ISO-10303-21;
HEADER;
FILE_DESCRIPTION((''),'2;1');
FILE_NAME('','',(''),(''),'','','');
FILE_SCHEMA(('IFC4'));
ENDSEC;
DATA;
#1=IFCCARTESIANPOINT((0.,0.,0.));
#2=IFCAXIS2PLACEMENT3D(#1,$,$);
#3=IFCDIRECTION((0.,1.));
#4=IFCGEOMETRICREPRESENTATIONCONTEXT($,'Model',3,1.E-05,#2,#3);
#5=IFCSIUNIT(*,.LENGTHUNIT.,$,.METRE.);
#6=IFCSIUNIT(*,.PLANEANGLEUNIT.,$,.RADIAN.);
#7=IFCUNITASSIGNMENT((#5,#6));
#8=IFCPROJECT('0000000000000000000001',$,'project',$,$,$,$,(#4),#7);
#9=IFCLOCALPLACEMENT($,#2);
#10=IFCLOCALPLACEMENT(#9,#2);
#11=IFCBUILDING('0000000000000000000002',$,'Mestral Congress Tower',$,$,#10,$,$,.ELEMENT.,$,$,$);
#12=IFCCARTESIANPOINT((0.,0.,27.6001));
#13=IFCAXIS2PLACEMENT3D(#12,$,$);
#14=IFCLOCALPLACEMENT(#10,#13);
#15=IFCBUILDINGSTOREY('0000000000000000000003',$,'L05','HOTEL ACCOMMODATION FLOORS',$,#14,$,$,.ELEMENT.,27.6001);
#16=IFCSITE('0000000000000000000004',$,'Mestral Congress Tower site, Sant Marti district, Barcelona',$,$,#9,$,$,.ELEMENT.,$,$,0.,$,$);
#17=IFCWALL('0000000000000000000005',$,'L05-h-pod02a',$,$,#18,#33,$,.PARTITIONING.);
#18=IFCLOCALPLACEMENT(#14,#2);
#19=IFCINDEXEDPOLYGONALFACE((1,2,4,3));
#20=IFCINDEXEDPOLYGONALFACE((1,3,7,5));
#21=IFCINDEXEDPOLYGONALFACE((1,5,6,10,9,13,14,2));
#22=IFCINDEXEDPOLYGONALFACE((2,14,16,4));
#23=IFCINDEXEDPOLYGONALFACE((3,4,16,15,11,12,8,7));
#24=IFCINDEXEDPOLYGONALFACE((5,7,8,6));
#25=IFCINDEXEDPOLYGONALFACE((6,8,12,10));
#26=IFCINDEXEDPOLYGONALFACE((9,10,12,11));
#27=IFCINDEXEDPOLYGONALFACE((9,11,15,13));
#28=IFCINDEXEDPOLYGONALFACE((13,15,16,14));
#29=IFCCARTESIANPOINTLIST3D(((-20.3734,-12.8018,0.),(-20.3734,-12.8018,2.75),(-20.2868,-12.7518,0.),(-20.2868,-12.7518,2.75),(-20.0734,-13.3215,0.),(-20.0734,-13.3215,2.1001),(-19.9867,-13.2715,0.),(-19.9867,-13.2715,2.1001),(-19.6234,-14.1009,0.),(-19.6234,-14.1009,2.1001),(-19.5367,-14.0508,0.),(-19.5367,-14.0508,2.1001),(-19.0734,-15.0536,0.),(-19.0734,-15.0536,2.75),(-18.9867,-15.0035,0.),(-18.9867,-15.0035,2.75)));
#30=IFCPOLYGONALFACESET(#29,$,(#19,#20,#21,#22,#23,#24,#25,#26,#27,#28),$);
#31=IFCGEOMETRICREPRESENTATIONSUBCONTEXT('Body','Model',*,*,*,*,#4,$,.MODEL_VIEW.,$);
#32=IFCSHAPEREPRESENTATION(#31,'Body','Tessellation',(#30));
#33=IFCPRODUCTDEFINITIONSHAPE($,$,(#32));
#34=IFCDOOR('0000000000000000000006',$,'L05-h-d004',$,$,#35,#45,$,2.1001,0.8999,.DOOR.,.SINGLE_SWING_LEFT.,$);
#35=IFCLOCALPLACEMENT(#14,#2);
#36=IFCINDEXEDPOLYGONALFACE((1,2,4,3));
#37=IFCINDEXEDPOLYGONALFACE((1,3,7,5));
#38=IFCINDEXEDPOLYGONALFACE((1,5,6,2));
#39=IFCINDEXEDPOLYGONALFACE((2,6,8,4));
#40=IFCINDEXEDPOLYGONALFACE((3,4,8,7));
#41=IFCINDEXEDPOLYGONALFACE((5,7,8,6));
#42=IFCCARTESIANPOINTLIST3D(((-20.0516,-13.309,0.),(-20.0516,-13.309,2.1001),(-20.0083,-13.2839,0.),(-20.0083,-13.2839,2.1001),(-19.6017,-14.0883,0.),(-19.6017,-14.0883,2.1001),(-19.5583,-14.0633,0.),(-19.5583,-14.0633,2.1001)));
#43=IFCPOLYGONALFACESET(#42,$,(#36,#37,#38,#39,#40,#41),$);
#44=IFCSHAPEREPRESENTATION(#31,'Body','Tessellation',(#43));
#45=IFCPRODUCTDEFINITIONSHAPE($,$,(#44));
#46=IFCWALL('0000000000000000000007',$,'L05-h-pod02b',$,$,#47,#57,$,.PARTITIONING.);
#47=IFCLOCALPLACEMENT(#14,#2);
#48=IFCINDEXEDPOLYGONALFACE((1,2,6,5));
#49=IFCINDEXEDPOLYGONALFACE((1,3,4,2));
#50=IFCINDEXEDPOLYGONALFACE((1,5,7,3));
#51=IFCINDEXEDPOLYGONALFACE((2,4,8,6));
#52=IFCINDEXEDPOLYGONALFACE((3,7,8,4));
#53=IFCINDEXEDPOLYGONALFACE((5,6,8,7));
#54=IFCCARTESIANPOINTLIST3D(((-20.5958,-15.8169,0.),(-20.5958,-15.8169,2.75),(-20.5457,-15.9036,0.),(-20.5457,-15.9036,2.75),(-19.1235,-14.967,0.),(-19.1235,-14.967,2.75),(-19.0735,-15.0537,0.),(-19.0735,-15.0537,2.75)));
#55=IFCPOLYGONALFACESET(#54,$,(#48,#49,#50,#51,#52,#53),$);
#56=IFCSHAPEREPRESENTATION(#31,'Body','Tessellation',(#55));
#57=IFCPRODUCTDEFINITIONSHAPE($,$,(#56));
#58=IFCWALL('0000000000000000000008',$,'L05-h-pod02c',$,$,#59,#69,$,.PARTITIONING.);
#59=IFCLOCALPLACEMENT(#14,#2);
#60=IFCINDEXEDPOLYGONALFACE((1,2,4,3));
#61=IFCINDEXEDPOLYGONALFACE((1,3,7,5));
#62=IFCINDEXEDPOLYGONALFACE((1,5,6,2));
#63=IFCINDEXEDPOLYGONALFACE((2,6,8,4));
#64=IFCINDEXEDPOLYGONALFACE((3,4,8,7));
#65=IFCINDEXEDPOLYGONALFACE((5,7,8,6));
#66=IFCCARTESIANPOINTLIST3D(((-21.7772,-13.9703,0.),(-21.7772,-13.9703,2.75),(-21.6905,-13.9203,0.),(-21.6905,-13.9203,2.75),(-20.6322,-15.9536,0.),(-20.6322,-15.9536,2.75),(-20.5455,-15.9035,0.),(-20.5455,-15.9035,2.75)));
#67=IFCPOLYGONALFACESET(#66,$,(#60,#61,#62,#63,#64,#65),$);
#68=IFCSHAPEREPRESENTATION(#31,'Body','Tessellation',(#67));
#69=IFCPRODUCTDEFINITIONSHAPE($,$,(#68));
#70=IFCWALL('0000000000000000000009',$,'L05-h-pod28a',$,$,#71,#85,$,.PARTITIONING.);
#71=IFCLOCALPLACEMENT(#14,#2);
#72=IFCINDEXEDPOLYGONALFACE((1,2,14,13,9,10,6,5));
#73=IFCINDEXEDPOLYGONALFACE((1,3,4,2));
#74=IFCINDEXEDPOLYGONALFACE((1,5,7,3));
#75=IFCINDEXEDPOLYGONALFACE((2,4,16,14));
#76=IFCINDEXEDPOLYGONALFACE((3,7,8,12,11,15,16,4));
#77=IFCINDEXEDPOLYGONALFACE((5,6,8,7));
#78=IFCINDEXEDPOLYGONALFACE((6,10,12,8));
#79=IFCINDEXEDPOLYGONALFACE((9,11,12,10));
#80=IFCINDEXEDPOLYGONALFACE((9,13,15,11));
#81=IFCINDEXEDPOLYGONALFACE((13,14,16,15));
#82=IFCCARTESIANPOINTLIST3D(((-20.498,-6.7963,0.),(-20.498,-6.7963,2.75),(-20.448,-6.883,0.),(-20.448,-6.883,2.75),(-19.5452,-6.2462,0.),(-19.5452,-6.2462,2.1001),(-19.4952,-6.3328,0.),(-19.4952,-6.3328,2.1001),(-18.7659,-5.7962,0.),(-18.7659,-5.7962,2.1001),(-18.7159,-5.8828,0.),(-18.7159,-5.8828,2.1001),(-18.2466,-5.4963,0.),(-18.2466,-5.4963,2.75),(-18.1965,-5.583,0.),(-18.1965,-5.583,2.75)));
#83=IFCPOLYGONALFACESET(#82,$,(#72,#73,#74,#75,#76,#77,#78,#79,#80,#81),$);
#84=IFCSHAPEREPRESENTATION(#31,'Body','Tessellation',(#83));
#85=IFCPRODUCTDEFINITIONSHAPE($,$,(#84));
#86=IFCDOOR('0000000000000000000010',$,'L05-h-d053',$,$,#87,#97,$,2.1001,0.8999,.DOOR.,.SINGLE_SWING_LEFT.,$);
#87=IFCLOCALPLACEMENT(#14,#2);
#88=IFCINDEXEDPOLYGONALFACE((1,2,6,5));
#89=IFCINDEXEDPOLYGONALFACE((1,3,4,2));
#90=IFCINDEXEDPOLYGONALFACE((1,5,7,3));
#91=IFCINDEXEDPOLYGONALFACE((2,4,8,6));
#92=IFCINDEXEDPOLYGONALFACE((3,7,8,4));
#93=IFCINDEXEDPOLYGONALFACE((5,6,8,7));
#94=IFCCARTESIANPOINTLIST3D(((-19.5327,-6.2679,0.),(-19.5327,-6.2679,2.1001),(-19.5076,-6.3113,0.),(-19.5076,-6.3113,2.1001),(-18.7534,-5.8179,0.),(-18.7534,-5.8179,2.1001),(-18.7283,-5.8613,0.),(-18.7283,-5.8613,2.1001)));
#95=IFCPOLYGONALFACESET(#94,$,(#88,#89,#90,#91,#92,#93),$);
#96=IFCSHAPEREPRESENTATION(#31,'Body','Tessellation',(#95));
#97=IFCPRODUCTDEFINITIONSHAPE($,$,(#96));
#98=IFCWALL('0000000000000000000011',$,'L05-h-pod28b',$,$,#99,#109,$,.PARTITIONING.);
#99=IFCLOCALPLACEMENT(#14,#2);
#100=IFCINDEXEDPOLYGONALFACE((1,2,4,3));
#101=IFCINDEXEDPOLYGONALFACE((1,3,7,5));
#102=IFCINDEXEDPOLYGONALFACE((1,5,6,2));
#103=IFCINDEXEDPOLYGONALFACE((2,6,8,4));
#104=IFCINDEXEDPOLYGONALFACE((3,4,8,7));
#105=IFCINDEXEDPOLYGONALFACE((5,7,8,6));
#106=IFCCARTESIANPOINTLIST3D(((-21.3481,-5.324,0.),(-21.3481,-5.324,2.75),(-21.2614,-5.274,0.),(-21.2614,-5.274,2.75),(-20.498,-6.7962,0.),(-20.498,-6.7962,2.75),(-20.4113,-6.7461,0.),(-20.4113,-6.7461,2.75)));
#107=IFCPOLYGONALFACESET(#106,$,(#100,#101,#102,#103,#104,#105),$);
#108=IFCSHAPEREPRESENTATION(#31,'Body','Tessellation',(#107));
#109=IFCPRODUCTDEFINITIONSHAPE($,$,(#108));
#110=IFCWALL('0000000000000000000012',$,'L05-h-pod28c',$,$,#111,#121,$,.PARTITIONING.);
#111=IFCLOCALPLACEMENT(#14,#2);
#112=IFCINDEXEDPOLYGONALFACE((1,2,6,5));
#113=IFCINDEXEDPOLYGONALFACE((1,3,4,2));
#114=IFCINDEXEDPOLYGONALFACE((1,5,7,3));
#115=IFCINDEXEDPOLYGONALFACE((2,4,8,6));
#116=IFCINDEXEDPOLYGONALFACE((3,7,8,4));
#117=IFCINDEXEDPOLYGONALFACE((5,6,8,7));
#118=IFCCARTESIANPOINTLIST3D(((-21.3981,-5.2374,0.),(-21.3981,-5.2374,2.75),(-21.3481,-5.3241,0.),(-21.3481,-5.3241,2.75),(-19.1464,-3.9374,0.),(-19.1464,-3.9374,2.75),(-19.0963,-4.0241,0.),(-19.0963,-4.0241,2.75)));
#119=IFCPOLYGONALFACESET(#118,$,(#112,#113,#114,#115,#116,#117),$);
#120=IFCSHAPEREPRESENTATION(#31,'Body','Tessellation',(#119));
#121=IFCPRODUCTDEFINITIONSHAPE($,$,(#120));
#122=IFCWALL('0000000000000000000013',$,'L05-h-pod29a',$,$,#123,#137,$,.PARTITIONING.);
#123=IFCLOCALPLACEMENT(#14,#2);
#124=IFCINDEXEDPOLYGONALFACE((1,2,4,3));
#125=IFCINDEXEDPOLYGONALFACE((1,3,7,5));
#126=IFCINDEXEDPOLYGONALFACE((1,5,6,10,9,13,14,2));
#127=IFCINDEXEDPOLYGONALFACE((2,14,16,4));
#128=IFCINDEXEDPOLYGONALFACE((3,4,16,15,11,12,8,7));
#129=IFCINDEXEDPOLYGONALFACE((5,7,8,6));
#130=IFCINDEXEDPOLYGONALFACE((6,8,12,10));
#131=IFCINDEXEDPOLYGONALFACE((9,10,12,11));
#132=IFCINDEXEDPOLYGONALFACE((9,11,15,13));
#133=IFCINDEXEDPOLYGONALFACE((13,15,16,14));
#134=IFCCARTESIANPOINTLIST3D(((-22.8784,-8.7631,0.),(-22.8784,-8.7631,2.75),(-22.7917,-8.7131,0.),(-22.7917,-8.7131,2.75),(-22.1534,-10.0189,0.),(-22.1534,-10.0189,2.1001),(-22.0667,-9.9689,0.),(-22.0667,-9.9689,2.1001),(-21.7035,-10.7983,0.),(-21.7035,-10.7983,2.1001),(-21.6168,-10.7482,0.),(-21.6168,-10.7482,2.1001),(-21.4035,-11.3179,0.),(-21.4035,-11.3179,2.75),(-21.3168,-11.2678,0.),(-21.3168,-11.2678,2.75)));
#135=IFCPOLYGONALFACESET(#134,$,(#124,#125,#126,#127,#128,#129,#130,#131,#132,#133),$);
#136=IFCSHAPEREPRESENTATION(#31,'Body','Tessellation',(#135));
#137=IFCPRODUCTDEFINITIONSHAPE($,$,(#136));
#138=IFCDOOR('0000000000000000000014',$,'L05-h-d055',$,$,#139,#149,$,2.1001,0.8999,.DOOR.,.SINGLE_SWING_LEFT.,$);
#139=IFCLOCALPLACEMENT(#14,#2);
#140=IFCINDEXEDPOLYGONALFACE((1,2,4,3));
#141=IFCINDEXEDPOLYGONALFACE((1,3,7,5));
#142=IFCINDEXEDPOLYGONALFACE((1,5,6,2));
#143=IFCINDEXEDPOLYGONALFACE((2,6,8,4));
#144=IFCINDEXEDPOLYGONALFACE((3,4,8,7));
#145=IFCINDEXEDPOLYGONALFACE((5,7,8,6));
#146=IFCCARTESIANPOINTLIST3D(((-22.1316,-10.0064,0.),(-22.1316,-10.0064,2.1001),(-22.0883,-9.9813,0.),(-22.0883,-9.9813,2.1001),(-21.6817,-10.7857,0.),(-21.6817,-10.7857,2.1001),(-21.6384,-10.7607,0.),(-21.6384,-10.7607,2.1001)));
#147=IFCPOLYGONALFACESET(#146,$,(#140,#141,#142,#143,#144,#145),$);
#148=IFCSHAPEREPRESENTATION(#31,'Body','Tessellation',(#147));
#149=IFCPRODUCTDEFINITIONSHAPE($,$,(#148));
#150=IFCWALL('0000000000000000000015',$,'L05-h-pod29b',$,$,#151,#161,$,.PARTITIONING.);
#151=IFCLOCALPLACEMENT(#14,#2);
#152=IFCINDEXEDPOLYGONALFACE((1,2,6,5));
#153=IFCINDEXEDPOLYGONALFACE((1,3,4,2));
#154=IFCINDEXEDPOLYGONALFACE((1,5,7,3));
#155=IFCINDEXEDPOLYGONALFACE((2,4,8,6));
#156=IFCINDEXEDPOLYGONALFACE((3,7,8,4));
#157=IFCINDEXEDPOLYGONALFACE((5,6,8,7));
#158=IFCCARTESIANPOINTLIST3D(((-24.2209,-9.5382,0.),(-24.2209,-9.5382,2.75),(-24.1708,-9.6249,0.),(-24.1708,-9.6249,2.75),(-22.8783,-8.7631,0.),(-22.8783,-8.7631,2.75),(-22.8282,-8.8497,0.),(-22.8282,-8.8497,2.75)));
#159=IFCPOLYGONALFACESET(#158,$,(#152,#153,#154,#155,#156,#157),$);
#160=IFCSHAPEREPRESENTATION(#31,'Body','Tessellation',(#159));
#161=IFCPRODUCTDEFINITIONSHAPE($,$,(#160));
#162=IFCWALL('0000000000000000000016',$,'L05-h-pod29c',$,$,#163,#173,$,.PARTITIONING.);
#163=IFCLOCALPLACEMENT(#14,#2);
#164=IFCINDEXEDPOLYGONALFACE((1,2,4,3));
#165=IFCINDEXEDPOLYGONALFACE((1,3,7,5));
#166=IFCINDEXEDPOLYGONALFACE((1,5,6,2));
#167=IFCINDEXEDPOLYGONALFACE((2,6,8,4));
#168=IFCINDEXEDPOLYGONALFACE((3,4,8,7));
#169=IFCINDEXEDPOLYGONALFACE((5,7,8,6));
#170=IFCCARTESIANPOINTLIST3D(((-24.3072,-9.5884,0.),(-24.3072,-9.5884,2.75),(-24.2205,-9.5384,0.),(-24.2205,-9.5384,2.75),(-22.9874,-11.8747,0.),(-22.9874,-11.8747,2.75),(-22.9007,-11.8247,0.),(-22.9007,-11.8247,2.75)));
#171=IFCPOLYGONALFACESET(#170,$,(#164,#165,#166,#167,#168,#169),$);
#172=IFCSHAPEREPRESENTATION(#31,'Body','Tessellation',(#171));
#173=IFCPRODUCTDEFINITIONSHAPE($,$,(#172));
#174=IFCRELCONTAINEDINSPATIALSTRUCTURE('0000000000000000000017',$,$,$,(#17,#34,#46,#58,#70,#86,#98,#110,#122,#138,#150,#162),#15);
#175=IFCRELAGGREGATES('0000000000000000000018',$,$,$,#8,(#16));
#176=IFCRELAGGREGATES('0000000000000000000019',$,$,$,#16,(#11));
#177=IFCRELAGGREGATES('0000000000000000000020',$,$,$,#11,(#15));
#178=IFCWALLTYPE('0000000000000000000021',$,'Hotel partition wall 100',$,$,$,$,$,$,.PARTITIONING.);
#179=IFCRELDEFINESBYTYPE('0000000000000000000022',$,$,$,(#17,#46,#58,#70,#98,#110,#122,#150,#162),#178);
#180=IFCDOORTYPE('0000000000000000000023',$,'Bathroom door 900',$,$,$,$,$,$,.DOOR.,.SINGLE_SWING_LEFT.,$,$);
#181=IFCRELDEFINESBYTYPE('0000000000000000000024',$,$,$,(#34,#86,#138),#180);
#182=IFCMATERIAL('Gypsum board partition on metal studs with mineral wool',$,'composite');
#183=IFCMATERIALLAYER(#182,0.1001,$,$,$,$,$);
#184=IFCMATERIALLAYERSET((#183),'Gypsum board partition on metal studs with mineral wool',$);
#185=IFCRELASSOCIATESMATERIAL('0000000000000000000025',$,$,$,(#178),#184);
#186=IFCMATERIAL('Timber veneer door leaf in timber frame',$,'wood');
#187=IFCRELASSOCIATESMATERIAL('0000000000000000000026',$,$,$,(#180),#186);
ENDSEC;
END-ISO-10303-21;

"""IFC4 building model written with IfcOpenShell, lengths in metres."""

from ifc_helpers import new_model, si_unit, direction, frame, frame_2d, origin, place, context, subcontext, project, spatial, rectangle, extrude, material, layer, layer_set, type_object, element, fill, save


model = new_model("IFC4")

# Units and contexts
model_context = context("Model", 3, precision=1e-05, world=origin(), true_north=direction((0.0, 1.0)))
body_context = subcontext(model_context, "Body", "Model", "MODEL_VIEW")
ifc_project = project(units=[si_unit("LENGTHUNIT", "METRE"), si_unit("PLANEANGLEUNIT", "RADIAN")], contexts=[model_context])

# Site, building, storey
site_placement = place(None, origin())
site = spatial("IfcSite", under=ifc_project, at=site_placement, Name="Mestral Congress Tower site, Sant Marti district, Barcelona", CompositionType="ELEMENT", RefElevation=0.0)
building_placement = place(site_placement, origin())
building = spatial("IfcBuilding", under=site, at=building_placement, Name="Mestral Congress Tower", CompositionType="ELEMENT")
storey_placement = place(building_placement, frame((0.0, 0.0, 27.6001)))
storey = spatial("IfcBuildingStorey", under=building, at=storey_placement, Name="L05", Description="HOTEL ACCOMMODATION FLOORS", CompositionType="ELEMENT", Elevation=27.6001)

# Wall, opening, door
ifc_material_1 = material(Name="Gypsum board partition on metal studs with mineral wool", Category="composite")
ifc_layer_1 = layer(ifc_material_1, 0.1001)
ifc_layer_set_1 = layer_set([ifc_layer_1], Name="Gypsum board partition on metal studs with mineral wool")
wall_type_1 = type_object("IfcWallType", Name="Hotel partition wall 100", PredefinedType="PARTITIONING", material=ifc_layer_set_1)
wall_1_placement = place(storey_placement, frame((-19.03, -15.0286, 0.0), z_axis=(0.0, 0.0, 1.0), x_axis=(-0.500007, 0.866021, 0.0)))
wall_1 = element("IfcWall", 1, at=wall_1_placement, inside=storey, type_object=wall_type_1, Name="L05-h-pod02a", PredefinedType="PARTITIONING", context=body_context, shape_type="SweptSolid", body=[
    extrude(rectangle(XDim=2.6001, YDim=0.1001, at=frame_2d((1.3, 0.0))), origin(), (0.0, 0.0, 1.0), 2.75),
])
opening_1_placement = place(wall_1_placement, frame((1.1001, 0.0, 0.0)))
opening_1 = element("IfcOpeningElement", 2, at=opening_1_placement, cuts=wall_1, PredefinedType="OPENING", context=body_context, shape_type="SweptSolid", body=[
    extrude(rectangle(XDim=0.8999, YDim=2.1001, at=frame_2d((0.45, 1.05))), frame((0.0, 0.0601, 0.0), z_axis=(0.0, -1.0, 0.0), x_axis=(1.0, 0.0, 0.0)), (0.0, 0.0, 1.0), 0.1201),
])
ifc_material_2 = material(Name="Timber veneer door leaf in timber frame", Category="wood")
door_type_1 = type_object("IfcDoorType", Name="Bathroom door 900", OperationType="SINGLE_SWING_LEFT", PredefinedType="DOOR", material=ifc_material_2)
door_1_placement = place(opening_1_placement, origin())
door_1 = element("IfcDoor", 3, at=door_1_placement, inside=storey, type_object=door_type_1, Name="L05-h-d004", OperationType="SINGLE_SWING_LEFT", OverallHeight=2.1001, OverallWidth=0.8999, PredefinedType="DOOR", context=body_context, shape_type="SweptSolid", body=[
    extrude(rectangle(XDim=0.8999, YDim=2.1001, at=frame_2d((0.45, 1.05))), frame((0.0, 0.0249, 0.0), z_axis=(0.0, -1.0, 0.0), x_axis=(1.0, 0.0, 0.0)), (0.0, 0.0, 1.0), 0.05),
])
fill(opening_1, door_1)

# Walls
wall_2_placement = place(storey_placement, frame((-19.0984, -15.0103, 0.0), z_axis=(0.0, 0.0, 1.0), x_axis=(-0.866052, -0.499955, 0.0)))
element("IfcWall", 4, at=wall_2_placement, inside=storey, type_object=wall_type_1, Name="L05-h-pod02b", PredefinedType="PARTITIONING", context=body_context, shape_type="SweptSolid", body=[
    extrude(rectangle(XDim=1.7, YDim=0.1001, at=frame_2d((0.8501, 0.0))), origin(), (0.0, 0.0, 1.0), 2.75),
])
wall_3_placement = place(storey_placement, frame((-21.7339, -13.9453, 0.0), z_axis=(0.0, 0.0, 1.0), x_axis=(0.500015, -0.866017, 0.0)))
element("IfcWall", 5, at=wall_3_placement, inside=storey, type_object=wall_type_1, Name="L05-h-pod02c", PredefinedType="PARTITIONING", context=body_context, shape_type="SweptSolid", body=[
    extrude(rectangle(XDim=2.29, YDim=0.1001, at=frame_2d((1.145, 0.0))), origin(), (0.0, 0.0, 1.0), 2.75),
])

# Wall, opening, door
wall_4_placement = place(storey_placement, frame((-20.4729, -6.8396, 0.0), z_axis=(0.0, 0.0, 1.0), x_axis=(0.865998, 0.500048, 0.0)))
wall_4 = element("IfcWall", 6, at=wall_4_placement, inside=storey, type_object=wall_type_1, Name="L05-h-pod28a", PredefinedType="PARTITIONING", context=body_context, shape_type="SweptSolid", body=[
    extrude(rectangle(XDim=2.5999, YDim=0.1001, at=frame_2d((1.2998, 0.0))), origin(), (0.0, 0.0, 1.0), 2.75),
])
opening_2_placement = place(wall_4_placement, frame((1.1001, 0.0, 0.0)))
opening_2 = element("IfcOpeningElement", 7, at=opening_2_placement, cuts=wall_4, PredefinedType="OPENING", context=body_context, shape_type="SweptSolid", body=[
    extrude(rectangle(XDim=0.8999, YDim=2.1001, at=frame_2d((0.45, 1.05))), frame((0.0, 0.0601, 0.0), z_axis=(0.0, -1.0, 0.0), x_axis=(1.0, 0.0, 0.0)), (0.0, 0.0, 1.0), 0.1201),
])
door_2_placement = place(opening_2_placement, origin())
door_2 = element("IfcDoor", 8, at=door_2_placement, inside=storey, type_object=door_type_1, Name="L05-h-d053", OperationType="SINGLE_SWING_LEFT", OverallHeight=2.1001, OverallWidth=0.8999, PredefinedType="DOOR", context=body_context, shape_type="SweptSolid", body=[
    extrude(rectangle(XDim=0.8999, YDim=2.1001, at=frame_2d((0.45, 1.05))), frame((0.0, 0.0249, 0.0), z_axis=(0.0, -1.0, 0.0), x_axis=(1.0, 0.0, 0.0)), (0.0, 0.0, 1.0), 0.05),
])
fill(opening_2, door_2)

# Walls
wall_5_placement = place(storey_placement, frame((-20.4546, -6.7712, 0.0), z_axis=(0.0, 0.0, 1.0), x_axis=(-0.500062, 0.865989, 0.0)))
element("IfcWall", 9, at=wall_5_placement, inside=storey, type_object=wall_type_1, Name="L05-h-pod28b", PredefinedType="PARTITIONING", context=body_context, shape_type="SweptSolid", body=[
    extrude(rectangle(XDim=1.7, YDim=0.1001, at=frame_2d((0.8501, 0.0))), origin(), (0.0, 0.0, 1.0), 2.75),
])
wall_6_placement = place(storey_placement, frame((-19.1213, -3.9807, 0.0), z_axis=(0.0, 0.0, 1.0), x_axis=(-0.866021, -0.500007, 0.0)))
element("IfcWall", 10, at=wall_6_placement, inside=storey, type_object=wall_type_1, Name="L05-h-pod28c", PredefinedType="PARTITIONING", context=body_context, shape_type="SweptSolid", body=[
    extrude(rectangle(XDim=2.6001, YDim=0.1001, at=frame_2d((1.3, 0.0))), origin(), (0.0, 0.0, 1.0), 2.75),
])

# Wall, opening, door
wall_7_placement = place(storey_placement, frame((-21.3601, -11.293, 0.0), z_axis=(0.0, 0.0, 1.0), x_axis=(-0.499976, 0.866039, 0.0)))
wall_7 = element("IfcWall", 11, at=wall_7_placement, inside=storey, type_object=wall_type_1, Name="L05-h-pod29a", PredefinedType="PARTITIONING", context=body_context, shape_type="SweptSolid", body=[
    extrude(rectangle(XDim=2.95, YDim=0.1001, at=frame_2d((1.4751, 0.0))), origin(), (0.0, 0.0, 1.0), 2.75),
])
opening_3_placement = place(wall_7_placement, frame((0.6001, 0.0, 0.0)))
opening_3 = element("IfcOpeningElement", 12, at=opening_3_placement, cuts=wall_7, PredefinedType="OPENING", context=body_context, shape_type="SweptSolid", body=[
    extrude(rectangle(XDim=0.8999, YDim=2.1001, at=frame_2d((0.45, 1.05))), frame((0.0, 0.0601, 0.0), z_axis=(0.0, -1.0, 0.0), x_axis=(1.0, 0.0, 0.0)), (0.0, 0.0, 1.0), 0.1201),
])
door_3_placement = place(opening_3_placement, origin())
door_3 = element("IfcDoor", 13, at=door_3_placement, inside=storey, type_object=door_type_1, Name="L05-h-d055", OperationType="SINGLE_SWING_LEFT", OverallHeight=2.1001, OverallWidth=0.8999, PredefinedType="DOOR", context=body_context, shape_type="SweptSolid", body=[
    extrude(rectangle(XDim=0.8999, YDim=2.1001, at=frame_2d((0.45, 1.05))), frame((0.0, 0.0249, 0.0), z_axis=(0.0, -1.0, 0.0), x_axis=(1.0, 0.0, 0.0)), (0.0, 0.0, 1.0), 0.05),
])
fill(opening_3, door_3)

# Walls
wall_8_placement = place(storey_placement, frame((-22.8533, -8.8064, 0.0), z_axis=(0.0, 0.0, 1.0), x_axis=(-0.866015, -0.500018, 0.0)))
element("IfcWall", 14, at=wall_8_placement, inside=storey, type_object=wall_type_1, Name="L05-h-pod29b", PredefinedType="PARTITIONING", context=body_context, shape_type="SweptSolid", body=[
    extrude(rectangle(XDim=1.5503, YDim=0.1001, at=frame_2d((0.7751, 0.0))), origin(), (0.0, 0.0, 1.0), 2.75),
])
wall_9_placement = place(storey_placement, frame((-22.9441, -11.8496, 0.0), z_axis=(0.0, 0.0, 1.0), x_axis=(-0.499939, 0.866061, 0.0)))
element("IfcWall", 15, at=wall_9_placement, inside=storey, type_object=wall_type_1, Name="L05-h-pod29c", PredefinedType="PARTITIONING", context=body_context, shape_type="SweptSolid", body=[
    extrude(rectangle(XDim=2.6399, YDim=0.1001, at=frame_2d((1.3198, 0.0))), origin(), (0.0, 0.0, 1.0), 2.75),
])

save(model, "model.ifc")
